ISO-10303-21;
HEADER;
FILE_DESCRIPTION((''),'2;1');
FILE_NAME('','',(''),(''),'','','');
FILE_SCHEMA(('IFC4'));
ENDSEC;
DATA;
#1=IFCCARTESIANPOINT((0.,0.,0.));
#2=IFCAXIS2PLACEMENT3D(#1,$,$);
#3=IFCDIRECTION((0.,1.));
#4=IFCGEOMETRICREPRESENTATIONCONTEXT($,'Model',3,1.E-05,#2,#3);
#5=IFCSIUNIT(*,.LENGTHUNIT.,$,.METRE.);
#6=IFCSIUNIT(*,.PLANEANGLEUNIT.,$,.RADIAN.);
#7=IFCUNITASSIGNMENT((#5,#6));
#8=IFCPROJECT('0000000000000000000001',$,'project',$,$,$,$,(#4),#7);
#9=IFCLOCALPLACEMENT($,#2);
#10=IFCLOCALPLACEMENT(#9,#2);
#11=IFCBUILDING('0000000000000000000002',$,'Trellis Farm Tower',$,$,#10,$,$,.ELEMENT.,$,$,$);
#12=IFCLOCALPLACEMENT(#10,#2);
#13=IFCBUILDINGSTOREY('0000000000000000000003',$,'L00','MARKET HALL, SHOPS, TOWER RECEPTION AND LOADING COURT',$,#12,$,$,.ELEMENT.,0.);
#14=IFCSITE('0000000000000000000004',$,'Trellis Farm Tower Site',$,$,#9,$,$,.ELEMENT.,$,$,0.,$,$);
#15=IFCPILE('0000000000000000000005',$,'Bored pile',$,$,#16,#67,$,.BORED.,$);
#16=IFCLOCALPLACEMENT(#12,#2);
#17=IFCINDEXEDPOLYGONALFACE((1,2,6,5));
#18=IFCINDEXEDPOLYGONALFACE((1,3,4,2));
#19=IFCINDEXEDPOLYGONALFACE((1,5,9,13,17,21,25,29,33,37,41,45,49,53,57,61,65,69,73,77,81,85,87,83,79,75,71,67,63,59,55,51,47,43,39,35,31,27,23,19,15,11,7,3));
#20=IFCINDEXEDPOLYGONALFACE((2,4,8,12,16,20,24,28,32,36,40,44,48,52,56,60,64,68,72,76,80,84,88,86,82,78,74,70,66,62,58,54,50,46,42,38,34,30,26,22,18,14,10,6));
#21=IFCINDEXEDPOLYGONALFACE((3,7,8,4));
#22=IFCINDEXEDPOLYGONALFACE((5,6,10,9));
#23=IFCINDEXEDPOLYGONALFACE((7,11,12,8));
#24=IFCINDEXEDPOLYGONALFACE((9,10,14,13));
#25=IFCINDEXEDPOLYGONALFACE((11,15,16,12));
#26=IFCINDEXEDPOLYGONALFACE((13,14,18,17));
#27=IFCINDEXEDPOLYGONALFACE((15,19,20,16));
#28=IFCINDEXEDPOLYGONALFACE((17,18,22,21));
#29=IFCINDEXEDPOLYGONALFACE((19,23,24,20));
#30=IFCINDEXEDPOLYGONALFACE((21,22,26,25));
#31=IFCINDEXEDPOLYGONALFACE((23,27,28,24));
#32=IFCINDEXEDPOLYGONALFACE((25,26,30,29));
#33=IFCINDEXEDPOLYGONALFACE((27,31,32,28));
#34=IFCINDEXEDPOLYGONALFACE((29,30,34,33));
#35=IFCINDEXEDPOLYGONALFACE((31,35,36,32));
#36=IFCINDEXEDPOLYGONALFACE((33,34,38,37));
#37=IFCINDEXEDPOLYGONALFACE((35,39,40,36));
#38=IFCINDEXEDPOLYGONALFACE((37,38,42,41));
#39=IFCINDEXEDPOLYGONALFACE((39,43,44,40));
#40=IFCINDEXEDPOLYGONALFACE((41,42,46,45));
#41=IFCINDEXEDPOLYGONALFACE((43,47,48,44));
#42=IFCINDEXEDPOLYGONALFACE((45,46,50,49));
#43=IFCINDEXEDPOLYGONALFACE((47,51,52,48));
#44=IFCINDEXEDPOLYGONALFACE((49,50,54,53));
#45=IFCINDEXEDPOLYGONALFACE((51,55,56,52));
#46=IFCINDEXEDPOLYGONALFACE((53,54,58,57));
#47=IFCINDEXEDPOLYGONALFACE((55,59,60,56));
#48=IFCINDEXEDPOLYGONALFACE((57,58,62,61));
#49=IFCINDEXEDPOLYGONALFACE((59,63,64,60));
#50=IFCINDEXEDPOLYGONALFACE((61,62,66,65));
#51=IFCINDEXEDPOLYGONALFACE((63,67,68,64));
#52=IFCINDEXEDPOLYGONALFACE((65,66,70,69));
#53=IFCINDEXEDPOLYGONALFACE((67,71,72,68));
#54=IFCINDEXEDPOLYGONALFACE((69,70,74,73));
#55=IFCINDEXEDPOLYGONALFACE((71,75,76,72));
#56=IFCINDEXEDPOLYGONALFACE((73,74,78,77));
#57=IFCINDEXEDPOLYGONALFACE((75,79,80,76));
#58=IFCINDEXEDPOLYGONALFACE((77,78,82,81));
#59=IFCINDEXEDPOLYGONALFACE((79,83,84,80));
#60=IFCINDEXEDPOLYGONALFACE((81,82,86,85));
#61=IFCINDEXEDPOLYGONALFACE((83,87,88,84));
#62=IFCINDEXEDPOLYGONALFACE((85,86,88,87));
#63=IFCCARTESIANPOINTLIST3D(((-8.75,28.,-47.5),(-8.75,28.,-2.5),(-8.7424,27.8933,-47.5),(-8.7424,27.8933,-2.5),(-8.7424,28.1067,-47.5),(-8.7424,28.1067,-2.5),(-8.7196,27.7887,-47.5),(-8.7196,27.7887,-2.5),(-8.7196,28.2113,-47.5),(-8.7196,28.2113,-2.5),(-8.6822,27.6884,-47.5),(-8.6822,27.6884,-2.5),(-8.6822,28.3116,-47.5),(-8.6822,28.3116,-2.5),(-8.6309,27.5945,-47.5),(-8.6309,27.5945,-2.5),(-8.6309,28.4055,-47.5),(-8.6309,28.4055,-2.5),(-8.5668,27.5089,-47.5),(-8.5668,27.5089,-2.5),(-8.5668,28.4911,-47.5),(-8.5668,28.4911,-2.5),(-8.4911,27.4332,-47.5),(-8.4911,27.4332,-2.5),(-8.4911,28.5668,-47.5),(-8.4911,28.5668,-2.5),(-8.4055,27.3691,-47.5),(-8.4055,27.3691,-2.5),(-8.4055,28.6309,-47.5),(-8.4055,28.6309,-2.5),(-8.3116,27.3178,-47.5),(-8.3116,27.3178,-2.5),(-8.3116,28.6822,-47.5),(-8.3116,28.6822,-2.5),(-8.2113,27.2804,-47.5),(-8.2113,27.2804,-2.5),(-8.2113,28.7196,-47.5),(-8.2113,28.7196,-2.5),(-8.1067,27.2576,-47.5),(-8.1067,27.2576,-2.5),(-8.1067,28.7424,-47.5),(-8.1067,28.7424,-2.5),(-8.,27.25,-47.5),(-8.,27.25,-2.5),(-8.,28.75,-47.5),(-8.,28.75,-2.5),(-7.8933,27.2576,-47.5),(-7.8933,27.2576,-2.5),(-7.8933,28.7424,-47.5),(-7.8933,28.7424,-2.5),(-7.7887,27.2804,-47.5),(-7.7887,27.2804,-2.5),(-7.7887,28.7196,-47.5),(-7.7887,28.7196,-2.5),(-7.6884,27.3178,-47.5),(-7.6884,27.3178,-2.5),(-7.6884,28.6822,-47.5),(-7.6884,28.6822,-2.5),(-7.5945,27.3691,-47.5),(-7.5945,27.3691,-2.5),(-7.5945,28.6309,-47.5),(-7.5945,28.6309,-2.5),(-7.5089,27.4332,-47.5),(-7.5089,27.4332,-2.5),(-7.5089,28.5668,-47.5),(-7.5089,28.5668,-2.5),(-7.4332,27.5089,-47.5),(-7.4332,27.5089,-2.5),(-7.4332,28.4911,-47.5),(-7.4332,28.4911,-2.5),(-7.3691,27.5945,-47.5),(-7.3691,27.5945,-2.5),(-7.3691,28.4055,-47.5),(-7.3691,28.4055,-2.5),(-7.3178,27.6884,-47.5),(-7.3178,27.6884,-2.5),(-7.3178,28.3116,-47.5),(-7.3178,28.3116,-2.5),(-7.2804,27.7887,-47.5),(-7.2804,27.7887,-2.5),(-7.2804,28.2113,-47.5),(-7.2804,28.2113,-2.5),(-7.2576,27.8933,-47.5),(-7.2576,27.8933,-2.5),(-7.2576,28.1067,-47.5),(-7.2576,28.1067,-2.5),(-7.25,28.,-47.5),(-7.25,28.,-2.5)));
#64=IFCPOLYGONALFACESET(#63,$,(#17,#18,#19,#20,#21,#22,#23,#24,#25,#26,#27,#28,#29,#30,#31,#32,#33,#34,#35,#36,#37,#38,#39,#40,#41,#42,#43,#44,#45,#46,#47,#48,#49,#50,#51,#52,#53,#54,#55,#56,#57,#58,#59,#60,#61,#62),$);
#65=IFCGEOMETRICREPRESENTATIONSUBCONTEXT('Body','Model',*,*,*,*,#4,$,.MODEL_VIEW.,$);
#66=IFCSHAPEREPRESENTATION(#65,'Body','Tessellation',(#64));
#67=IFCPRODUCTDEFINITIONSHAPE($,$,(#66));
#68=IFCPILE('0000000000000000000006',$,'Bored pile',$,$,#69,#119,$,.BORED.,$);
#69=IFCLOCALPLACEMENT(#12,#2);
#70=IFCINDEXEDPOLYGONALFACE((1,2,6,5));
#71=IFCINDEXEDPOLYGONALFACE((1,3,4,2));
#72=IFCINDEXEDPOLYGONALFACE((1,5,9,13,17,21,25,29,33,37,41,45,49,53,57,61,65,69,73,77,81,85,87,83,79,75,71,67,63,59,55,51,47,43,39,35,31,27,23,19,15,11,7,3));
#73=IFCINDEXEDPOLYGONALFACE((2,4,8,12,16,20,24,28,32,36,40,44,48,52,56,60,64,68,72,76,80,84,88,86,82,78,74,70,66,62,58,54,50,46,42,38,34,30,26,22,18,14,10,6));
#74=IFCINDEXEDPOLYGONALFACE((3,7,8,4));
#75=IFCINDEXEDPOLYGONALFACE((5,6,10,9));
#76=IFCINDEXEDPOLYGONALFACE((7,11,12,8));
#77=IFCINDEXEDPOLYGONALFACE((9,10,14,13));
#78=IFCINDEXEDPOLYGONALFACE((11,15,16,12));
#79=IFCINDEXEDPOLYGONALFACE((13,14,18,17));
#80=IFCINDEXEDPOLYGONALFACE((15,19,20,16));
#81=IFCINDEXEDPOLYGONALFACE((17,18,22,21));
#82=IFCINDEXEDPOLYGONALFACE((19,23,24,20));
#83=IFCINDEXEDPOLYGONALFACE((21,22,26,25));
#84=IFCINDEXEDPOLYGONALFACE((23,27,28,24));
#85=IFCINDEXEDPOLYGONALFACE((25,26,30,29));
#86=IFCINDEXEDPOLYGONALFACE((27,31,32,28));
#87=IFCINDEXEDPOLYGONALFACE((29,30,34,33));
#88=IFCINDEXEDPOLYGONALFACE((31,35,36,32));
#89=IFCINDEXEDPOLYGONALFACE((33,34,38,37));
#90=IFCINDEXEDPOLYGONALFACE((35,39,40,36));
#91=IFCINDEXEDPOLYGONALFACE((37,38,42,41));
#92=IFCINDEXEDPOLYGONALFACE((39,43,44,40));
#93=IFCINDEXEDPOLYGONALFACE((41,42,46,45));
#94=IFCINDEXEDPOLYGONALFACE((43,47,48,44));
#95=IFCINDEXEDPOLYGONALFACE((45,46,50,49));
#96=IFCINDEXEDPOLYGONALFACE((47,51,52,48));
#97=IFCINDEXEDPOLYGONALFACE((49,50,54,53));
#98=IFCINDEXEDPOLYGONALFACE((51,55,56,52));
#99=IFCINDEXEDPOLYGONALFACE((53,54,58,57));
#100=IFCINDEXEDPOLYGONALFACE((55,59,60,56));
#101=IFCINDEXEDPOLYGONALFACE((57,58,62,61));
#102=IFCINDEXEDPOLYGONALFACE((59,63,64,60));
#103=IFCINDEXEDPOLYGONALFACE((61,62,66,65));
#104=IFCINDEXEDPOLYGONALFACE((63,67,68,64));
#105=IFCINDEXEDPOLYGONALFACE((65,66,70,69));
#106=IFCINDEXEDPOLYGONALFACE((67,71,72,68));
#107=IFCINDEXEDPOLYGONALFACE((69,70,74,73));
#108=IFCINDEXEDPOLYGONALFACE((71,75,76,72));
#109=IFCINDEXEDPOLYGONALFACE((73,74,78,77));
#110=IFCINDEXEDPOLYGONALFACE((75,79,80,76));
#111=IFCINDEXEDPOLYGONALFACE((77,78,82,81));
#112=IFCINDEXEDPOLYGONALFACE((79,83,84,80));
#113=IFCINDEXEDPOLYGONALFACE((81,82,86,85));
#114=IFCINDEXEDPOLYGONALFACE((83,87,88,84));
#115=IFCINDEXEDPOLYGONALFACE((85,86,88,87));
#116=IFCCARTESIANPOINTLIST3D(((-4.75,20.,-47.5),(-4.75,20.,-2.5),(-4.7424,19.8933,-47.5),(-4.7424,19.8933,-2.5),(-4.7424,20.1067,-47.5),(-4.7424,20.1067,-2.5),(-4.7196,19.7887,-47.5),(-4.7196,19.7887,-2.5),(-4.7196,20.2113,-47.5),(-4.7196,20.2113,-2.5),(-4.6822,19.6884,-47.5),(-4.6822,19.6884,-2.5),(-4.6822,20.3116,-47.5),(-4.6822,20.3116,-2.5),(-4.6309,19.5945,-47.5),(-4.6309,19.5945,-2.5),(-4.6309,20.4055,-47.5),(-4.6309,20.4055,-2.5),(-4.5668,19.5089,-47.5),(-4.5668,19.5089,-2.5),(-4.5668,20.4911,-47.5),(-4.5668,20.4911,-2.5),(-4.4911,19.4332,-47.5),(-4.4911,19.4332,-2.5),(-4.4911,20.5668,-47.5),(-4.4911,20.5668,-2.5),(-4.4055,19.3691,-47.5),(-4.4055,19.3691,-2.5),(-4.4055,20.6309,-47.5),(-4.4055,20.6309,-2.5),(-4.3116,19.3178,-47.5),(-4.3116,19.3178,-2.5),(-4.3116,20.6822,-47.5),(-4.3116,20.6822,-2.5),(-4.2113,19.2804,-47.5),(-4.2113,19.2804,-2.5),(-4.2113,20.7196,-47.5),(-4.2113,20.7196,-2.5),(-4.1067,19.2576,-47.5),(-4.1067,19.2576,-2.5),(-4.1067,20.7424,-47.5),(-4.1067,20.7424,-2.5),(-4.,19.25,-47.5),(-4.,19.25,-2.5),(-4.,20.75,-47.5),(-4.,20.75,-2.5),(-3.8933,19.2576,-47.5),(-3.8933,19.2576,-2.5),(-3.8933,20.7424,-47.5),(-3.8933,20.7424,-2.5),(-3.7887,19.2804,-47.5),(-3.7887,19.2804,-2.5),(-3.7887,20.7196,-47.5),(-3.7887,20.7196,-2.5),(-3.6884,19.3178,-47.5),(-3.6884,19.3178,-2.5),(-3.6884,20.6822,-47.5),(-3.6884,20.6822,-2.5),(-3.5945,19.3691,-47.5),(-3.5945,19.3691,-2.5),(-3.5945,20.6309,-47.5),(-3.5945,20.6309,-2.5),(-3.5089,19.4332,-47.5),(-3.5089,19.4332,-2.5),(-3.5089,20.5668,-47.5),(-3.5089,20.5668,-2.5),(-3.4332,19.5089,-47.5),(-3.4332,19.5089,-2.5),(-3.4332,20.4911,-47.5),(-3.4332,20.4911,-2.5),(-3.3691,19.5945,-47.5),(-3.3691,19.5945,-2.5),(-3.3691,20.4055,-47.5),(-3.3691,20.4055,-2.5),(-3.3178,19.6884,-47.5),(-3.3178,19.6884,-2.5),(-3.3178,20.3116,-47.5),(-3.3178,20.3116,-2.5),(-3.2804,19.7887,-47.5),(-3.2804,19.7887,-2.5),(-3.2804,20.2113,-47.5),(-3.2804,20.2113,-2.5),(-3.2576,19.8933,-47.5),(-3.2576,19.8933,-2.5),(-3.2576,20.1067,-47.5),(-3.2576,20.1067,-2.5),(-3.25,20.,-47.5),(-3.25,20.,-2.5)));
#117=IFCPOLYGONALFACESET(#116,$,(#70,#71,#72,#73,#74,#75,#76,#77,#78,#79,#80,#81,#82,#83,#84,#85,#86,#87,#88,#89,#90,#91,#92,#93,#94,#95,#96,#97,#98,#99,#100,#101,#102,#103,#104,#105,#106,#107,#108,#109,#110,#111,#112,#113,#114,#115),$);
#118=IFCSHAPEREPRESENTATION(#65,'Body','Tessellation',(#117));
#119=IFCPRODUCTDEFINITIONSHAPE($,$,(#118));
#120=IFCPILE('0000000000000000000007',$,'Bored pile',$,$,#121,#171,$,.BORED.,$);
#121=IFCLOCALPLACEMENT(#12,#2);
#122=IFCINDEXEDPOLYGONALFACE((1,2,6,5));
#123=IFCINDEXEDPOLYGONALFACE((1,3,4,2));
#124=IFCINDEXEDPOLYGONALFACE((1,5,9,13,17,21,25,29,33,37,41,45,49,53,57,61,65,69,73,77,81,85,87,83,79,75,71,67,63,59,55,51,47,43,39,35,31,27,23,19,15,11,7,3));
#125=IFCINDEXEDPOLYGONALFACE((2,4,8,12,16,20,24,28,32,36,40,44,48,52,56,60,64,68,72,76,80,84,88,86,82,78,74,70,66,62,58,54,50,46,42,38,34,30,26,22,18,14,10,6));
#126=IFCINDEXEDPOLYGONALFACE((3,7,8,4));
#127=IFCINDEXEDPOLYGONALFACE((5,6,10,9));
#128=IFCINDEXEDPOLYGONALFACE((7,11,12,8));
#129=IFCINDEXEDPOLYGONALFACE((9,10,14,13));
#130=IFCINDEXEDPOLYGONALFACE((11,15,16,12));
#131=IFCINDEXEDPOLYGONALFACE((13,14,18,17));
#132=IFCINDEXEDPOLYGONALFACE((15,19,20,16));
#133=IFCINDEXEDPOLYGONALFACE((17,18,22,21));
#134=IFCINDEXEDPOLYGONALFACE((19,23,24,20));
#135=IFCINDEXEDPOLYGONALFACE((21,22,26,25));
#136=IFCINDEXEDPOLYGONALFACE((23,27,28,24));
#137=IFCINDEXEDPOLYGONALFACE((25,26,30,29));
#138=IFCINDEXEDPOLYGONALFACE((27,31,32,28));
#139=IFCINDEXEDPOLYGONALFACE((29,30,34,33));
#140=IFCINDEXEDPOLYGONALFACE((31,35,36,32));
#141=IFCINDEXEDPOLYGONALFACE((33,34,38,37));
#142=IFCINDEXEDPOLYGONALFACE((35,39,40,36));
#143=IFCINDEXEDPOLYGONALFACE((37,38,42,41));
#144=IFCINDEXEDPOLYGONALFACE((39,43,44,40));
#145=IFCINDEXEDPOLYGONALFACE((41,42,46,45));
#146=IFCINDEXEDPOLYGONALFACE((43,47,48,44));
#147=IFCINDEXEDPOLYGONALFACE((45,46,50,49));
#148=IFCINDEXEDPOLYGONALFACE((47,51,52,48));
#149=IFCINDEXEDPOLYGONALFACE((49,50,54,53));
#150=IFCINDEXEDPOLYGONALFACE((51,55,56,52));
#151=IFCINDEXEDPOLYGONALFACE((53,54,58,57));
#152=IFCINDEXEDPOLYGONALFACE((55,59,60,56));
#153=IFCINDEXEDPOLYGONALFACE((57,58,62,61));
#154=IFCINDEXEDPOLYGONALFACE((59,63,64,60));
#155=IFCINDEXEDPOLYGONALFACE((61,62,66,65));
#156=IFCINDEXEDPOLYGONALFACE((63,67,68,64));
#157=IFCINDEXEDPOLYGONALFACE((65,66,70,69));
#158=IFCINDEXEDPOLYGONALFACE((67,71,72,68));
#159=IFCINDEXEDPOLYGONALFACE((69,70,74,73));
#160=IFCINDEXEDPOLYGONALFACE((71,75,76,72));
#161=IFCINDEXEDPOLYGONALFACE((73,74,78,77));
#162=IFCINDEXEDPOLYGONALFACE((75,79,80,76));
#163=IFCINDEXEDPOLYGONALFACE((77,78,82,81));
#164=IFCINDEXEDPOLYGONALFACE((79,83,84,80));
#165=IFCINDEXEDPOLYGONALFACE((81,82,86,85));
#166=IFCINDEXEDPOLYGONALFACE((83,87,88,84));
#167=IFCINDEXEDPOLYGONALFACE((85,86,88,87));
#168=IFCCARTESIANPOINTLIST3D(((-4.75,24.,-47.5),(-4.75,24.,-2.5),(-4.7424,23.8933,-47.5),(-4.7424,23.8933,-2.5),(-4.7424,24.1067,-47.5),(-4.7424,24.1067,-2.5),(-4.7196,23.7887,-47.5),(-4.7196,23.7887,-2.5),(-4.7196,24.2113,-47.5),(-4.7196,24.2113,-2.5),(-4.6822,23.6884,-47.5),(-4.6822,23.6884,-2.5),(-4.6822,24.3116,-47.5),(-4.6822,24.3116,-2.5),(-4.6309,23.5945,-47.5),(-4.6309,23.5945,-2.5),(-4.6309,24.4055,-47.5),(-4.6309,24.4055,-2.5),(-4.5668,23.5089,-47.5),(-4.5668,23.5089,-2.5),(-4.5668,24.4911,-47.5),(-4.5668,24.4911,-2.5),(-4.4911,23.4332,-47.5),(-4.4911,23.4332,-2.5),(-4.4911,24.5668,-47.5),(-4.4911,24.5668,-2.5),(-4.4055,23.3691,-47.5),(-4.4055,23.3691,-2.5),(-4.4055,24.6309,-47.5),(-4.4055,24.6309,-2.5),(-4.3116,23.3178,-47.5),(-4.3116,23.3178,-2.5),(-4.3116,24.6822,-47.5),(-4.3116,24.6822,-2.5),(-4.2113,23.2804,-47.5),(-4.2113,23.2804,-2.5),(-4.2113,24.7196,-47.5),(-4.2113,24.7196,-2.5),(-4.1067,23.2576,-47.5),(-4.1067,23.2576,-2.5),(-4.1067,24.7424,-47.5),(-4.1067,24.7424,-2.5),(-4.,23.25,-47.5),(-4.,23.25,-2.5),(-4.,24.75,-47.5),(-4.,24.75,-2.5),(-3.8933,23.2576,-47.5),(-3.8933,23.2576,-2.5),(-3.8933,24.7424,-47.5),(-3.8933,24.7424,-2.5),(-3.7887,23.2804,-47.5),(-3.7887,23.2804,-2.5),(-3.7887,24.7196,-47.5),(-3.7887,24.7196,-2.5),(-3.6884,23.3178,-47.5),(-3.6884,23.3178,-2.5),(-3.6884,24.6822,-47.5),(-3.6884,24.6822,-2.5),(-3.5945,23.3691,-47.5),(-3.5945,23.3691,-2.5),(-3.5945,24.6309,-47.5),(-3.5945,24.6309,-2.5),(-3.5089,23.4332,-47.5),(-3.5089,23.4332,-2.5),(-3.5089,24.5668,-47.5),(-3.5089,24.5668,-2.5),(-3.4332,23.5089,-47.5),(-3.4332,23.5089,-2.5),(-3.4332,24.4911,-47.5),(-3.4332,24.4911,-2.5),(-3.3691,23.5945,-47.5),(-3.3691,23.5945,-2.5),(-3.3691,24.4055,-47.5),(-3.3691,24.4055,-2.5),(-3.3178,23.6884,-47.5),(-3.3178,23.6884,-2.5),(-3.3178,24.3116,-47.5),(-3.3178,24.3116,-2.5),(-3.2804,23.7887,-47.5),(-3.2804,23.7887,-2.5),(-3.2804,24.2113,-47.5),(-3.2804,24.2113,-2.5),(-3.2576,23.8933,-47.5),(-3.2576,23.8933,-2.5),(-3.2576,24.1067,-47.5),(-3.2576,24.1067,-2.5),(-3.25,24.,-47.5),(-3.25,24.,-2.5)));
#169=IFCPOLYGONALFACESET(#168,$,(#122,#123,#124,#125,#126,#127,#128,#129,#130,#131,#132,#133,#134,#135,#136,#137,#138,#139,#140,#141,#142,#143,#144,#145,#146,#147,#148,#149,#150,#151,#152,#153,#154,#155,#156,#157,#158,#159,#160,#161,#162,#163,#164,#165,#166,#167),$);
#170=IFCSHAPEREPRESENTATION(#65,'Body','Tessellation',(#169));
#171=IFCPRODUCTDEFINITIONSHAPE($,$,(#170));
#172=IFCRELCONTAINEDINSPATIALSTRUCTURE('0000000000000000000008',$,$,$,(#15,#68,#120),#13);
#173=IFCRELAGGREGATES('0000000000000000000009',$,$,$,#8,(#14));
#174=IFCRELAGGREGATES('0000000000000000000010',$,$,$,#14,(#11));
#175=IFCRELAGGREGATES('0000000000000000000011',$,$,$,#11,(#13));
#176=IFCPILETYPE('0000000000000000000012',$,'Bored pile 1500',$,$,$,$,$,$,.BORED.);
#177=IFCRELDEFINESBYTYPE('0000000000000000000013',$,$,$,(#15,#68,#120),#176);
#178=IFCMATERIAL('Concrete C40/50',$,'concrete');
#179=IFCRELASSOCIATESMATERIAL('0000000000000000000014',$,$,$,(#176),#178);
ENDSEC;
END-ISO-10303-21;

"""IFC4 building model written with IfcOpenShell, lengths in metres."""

from ifc_helpers import new_model, si_unit, direction, frame, origin, origin_2d, place, context, subcontext, project, spatial, circle, extrude, source, transform, mapped, material, material_profile, profile_set, type_object, element, save


model = new_model("IFC4")

# Units and contexts
model_context = context("Model", 3, precision=1e-05, world=origin(), true_north=direction((0.0, 1.0)))
body_context = subcontext(model_context, "Body", "Model", "MODEL_VIEW")
ifc_project = project(units=[si_unit("LENGTHUNIT", "METRE"), si_unit("PLANEANGLEUNIT", "RADIAN")], contexts=[model_context])

# Site, building, storey
site_placement = place(None, origin())
site = spatial("IfcSite", under=ifc_project, at=site_placement, Name="Trellis Farm Tower Site", CompositionType="ELEMENT", RefElevation=0.0)
building_placement = place(site_placement, origin())
building = spatial("IfcBuilding", under=site, at=building_placement, Name="Trellis Farm Tower", CompositionType="ELEMENT")
storey_placement = place(building_placement, origin())
storey = spatial("IfcBuildingStorey", under=building, at=storey_placement, Name="L00", Description="MARKET HALL, SHOPS, TOWER RECEPTION AND LOADING COURT", CompositionType="ELEMENT", Elevation=0.0)

# Piles
ifc_material_1 = material(Name="Concrete C40/50", Category="concrete")
ifc_material_profile_1 = material_profile(ifc_material_1, circle(Radius=0.75, at=origin_2d()), Name="Bored pile 1500")
ifc_profile_set_1 = profile_set([ifc_material_profile_1], Name="Concrete C40/50")
pile_type = type_object("IfcPileType", Name="Bored pile 1500", PredefinedType="BORED", material=ifc_profile_set_1)
shared_shape_1 = source(origin(), body_context, "Body", "SweptSolid", [
    extrude(circle(Radius=0.75, at=origin_2d()), origin(), (0.0, 0.0, 1.0), 45.0),
])
for number, where, z_axis, x_axis, name in (
    (1, (-8.0, 28.0, -2.5), (0.0, 0.0, -1.0), (1.0, 0.0, 0.0), "Bored pile"),
    (2, (-4.0, 20.0, -2.5), (0.0, 0.0, -1.0), (1.0, 0.0, 0.0), "Bored pile"),
    (3, (-4.0, 24.0, -2.5), (0.0, 0.0, -1.0), (1.0, 0.0, 0.0), "Bored pile"),
):
    element("IfcPile", number, at=place(storey_placement, frame(where, z_axis=z_axis, x_axis=x_axis)), inside=storey, type_object=pile_type, Name=name, PredefinedType="BORED", context=body_context, shape_type="MappedRepresentation", body=[
        mapped(shared_shape_1, transform((0.0, 0.0, 0.0))),
    ])

save(model, "model.ifc")
